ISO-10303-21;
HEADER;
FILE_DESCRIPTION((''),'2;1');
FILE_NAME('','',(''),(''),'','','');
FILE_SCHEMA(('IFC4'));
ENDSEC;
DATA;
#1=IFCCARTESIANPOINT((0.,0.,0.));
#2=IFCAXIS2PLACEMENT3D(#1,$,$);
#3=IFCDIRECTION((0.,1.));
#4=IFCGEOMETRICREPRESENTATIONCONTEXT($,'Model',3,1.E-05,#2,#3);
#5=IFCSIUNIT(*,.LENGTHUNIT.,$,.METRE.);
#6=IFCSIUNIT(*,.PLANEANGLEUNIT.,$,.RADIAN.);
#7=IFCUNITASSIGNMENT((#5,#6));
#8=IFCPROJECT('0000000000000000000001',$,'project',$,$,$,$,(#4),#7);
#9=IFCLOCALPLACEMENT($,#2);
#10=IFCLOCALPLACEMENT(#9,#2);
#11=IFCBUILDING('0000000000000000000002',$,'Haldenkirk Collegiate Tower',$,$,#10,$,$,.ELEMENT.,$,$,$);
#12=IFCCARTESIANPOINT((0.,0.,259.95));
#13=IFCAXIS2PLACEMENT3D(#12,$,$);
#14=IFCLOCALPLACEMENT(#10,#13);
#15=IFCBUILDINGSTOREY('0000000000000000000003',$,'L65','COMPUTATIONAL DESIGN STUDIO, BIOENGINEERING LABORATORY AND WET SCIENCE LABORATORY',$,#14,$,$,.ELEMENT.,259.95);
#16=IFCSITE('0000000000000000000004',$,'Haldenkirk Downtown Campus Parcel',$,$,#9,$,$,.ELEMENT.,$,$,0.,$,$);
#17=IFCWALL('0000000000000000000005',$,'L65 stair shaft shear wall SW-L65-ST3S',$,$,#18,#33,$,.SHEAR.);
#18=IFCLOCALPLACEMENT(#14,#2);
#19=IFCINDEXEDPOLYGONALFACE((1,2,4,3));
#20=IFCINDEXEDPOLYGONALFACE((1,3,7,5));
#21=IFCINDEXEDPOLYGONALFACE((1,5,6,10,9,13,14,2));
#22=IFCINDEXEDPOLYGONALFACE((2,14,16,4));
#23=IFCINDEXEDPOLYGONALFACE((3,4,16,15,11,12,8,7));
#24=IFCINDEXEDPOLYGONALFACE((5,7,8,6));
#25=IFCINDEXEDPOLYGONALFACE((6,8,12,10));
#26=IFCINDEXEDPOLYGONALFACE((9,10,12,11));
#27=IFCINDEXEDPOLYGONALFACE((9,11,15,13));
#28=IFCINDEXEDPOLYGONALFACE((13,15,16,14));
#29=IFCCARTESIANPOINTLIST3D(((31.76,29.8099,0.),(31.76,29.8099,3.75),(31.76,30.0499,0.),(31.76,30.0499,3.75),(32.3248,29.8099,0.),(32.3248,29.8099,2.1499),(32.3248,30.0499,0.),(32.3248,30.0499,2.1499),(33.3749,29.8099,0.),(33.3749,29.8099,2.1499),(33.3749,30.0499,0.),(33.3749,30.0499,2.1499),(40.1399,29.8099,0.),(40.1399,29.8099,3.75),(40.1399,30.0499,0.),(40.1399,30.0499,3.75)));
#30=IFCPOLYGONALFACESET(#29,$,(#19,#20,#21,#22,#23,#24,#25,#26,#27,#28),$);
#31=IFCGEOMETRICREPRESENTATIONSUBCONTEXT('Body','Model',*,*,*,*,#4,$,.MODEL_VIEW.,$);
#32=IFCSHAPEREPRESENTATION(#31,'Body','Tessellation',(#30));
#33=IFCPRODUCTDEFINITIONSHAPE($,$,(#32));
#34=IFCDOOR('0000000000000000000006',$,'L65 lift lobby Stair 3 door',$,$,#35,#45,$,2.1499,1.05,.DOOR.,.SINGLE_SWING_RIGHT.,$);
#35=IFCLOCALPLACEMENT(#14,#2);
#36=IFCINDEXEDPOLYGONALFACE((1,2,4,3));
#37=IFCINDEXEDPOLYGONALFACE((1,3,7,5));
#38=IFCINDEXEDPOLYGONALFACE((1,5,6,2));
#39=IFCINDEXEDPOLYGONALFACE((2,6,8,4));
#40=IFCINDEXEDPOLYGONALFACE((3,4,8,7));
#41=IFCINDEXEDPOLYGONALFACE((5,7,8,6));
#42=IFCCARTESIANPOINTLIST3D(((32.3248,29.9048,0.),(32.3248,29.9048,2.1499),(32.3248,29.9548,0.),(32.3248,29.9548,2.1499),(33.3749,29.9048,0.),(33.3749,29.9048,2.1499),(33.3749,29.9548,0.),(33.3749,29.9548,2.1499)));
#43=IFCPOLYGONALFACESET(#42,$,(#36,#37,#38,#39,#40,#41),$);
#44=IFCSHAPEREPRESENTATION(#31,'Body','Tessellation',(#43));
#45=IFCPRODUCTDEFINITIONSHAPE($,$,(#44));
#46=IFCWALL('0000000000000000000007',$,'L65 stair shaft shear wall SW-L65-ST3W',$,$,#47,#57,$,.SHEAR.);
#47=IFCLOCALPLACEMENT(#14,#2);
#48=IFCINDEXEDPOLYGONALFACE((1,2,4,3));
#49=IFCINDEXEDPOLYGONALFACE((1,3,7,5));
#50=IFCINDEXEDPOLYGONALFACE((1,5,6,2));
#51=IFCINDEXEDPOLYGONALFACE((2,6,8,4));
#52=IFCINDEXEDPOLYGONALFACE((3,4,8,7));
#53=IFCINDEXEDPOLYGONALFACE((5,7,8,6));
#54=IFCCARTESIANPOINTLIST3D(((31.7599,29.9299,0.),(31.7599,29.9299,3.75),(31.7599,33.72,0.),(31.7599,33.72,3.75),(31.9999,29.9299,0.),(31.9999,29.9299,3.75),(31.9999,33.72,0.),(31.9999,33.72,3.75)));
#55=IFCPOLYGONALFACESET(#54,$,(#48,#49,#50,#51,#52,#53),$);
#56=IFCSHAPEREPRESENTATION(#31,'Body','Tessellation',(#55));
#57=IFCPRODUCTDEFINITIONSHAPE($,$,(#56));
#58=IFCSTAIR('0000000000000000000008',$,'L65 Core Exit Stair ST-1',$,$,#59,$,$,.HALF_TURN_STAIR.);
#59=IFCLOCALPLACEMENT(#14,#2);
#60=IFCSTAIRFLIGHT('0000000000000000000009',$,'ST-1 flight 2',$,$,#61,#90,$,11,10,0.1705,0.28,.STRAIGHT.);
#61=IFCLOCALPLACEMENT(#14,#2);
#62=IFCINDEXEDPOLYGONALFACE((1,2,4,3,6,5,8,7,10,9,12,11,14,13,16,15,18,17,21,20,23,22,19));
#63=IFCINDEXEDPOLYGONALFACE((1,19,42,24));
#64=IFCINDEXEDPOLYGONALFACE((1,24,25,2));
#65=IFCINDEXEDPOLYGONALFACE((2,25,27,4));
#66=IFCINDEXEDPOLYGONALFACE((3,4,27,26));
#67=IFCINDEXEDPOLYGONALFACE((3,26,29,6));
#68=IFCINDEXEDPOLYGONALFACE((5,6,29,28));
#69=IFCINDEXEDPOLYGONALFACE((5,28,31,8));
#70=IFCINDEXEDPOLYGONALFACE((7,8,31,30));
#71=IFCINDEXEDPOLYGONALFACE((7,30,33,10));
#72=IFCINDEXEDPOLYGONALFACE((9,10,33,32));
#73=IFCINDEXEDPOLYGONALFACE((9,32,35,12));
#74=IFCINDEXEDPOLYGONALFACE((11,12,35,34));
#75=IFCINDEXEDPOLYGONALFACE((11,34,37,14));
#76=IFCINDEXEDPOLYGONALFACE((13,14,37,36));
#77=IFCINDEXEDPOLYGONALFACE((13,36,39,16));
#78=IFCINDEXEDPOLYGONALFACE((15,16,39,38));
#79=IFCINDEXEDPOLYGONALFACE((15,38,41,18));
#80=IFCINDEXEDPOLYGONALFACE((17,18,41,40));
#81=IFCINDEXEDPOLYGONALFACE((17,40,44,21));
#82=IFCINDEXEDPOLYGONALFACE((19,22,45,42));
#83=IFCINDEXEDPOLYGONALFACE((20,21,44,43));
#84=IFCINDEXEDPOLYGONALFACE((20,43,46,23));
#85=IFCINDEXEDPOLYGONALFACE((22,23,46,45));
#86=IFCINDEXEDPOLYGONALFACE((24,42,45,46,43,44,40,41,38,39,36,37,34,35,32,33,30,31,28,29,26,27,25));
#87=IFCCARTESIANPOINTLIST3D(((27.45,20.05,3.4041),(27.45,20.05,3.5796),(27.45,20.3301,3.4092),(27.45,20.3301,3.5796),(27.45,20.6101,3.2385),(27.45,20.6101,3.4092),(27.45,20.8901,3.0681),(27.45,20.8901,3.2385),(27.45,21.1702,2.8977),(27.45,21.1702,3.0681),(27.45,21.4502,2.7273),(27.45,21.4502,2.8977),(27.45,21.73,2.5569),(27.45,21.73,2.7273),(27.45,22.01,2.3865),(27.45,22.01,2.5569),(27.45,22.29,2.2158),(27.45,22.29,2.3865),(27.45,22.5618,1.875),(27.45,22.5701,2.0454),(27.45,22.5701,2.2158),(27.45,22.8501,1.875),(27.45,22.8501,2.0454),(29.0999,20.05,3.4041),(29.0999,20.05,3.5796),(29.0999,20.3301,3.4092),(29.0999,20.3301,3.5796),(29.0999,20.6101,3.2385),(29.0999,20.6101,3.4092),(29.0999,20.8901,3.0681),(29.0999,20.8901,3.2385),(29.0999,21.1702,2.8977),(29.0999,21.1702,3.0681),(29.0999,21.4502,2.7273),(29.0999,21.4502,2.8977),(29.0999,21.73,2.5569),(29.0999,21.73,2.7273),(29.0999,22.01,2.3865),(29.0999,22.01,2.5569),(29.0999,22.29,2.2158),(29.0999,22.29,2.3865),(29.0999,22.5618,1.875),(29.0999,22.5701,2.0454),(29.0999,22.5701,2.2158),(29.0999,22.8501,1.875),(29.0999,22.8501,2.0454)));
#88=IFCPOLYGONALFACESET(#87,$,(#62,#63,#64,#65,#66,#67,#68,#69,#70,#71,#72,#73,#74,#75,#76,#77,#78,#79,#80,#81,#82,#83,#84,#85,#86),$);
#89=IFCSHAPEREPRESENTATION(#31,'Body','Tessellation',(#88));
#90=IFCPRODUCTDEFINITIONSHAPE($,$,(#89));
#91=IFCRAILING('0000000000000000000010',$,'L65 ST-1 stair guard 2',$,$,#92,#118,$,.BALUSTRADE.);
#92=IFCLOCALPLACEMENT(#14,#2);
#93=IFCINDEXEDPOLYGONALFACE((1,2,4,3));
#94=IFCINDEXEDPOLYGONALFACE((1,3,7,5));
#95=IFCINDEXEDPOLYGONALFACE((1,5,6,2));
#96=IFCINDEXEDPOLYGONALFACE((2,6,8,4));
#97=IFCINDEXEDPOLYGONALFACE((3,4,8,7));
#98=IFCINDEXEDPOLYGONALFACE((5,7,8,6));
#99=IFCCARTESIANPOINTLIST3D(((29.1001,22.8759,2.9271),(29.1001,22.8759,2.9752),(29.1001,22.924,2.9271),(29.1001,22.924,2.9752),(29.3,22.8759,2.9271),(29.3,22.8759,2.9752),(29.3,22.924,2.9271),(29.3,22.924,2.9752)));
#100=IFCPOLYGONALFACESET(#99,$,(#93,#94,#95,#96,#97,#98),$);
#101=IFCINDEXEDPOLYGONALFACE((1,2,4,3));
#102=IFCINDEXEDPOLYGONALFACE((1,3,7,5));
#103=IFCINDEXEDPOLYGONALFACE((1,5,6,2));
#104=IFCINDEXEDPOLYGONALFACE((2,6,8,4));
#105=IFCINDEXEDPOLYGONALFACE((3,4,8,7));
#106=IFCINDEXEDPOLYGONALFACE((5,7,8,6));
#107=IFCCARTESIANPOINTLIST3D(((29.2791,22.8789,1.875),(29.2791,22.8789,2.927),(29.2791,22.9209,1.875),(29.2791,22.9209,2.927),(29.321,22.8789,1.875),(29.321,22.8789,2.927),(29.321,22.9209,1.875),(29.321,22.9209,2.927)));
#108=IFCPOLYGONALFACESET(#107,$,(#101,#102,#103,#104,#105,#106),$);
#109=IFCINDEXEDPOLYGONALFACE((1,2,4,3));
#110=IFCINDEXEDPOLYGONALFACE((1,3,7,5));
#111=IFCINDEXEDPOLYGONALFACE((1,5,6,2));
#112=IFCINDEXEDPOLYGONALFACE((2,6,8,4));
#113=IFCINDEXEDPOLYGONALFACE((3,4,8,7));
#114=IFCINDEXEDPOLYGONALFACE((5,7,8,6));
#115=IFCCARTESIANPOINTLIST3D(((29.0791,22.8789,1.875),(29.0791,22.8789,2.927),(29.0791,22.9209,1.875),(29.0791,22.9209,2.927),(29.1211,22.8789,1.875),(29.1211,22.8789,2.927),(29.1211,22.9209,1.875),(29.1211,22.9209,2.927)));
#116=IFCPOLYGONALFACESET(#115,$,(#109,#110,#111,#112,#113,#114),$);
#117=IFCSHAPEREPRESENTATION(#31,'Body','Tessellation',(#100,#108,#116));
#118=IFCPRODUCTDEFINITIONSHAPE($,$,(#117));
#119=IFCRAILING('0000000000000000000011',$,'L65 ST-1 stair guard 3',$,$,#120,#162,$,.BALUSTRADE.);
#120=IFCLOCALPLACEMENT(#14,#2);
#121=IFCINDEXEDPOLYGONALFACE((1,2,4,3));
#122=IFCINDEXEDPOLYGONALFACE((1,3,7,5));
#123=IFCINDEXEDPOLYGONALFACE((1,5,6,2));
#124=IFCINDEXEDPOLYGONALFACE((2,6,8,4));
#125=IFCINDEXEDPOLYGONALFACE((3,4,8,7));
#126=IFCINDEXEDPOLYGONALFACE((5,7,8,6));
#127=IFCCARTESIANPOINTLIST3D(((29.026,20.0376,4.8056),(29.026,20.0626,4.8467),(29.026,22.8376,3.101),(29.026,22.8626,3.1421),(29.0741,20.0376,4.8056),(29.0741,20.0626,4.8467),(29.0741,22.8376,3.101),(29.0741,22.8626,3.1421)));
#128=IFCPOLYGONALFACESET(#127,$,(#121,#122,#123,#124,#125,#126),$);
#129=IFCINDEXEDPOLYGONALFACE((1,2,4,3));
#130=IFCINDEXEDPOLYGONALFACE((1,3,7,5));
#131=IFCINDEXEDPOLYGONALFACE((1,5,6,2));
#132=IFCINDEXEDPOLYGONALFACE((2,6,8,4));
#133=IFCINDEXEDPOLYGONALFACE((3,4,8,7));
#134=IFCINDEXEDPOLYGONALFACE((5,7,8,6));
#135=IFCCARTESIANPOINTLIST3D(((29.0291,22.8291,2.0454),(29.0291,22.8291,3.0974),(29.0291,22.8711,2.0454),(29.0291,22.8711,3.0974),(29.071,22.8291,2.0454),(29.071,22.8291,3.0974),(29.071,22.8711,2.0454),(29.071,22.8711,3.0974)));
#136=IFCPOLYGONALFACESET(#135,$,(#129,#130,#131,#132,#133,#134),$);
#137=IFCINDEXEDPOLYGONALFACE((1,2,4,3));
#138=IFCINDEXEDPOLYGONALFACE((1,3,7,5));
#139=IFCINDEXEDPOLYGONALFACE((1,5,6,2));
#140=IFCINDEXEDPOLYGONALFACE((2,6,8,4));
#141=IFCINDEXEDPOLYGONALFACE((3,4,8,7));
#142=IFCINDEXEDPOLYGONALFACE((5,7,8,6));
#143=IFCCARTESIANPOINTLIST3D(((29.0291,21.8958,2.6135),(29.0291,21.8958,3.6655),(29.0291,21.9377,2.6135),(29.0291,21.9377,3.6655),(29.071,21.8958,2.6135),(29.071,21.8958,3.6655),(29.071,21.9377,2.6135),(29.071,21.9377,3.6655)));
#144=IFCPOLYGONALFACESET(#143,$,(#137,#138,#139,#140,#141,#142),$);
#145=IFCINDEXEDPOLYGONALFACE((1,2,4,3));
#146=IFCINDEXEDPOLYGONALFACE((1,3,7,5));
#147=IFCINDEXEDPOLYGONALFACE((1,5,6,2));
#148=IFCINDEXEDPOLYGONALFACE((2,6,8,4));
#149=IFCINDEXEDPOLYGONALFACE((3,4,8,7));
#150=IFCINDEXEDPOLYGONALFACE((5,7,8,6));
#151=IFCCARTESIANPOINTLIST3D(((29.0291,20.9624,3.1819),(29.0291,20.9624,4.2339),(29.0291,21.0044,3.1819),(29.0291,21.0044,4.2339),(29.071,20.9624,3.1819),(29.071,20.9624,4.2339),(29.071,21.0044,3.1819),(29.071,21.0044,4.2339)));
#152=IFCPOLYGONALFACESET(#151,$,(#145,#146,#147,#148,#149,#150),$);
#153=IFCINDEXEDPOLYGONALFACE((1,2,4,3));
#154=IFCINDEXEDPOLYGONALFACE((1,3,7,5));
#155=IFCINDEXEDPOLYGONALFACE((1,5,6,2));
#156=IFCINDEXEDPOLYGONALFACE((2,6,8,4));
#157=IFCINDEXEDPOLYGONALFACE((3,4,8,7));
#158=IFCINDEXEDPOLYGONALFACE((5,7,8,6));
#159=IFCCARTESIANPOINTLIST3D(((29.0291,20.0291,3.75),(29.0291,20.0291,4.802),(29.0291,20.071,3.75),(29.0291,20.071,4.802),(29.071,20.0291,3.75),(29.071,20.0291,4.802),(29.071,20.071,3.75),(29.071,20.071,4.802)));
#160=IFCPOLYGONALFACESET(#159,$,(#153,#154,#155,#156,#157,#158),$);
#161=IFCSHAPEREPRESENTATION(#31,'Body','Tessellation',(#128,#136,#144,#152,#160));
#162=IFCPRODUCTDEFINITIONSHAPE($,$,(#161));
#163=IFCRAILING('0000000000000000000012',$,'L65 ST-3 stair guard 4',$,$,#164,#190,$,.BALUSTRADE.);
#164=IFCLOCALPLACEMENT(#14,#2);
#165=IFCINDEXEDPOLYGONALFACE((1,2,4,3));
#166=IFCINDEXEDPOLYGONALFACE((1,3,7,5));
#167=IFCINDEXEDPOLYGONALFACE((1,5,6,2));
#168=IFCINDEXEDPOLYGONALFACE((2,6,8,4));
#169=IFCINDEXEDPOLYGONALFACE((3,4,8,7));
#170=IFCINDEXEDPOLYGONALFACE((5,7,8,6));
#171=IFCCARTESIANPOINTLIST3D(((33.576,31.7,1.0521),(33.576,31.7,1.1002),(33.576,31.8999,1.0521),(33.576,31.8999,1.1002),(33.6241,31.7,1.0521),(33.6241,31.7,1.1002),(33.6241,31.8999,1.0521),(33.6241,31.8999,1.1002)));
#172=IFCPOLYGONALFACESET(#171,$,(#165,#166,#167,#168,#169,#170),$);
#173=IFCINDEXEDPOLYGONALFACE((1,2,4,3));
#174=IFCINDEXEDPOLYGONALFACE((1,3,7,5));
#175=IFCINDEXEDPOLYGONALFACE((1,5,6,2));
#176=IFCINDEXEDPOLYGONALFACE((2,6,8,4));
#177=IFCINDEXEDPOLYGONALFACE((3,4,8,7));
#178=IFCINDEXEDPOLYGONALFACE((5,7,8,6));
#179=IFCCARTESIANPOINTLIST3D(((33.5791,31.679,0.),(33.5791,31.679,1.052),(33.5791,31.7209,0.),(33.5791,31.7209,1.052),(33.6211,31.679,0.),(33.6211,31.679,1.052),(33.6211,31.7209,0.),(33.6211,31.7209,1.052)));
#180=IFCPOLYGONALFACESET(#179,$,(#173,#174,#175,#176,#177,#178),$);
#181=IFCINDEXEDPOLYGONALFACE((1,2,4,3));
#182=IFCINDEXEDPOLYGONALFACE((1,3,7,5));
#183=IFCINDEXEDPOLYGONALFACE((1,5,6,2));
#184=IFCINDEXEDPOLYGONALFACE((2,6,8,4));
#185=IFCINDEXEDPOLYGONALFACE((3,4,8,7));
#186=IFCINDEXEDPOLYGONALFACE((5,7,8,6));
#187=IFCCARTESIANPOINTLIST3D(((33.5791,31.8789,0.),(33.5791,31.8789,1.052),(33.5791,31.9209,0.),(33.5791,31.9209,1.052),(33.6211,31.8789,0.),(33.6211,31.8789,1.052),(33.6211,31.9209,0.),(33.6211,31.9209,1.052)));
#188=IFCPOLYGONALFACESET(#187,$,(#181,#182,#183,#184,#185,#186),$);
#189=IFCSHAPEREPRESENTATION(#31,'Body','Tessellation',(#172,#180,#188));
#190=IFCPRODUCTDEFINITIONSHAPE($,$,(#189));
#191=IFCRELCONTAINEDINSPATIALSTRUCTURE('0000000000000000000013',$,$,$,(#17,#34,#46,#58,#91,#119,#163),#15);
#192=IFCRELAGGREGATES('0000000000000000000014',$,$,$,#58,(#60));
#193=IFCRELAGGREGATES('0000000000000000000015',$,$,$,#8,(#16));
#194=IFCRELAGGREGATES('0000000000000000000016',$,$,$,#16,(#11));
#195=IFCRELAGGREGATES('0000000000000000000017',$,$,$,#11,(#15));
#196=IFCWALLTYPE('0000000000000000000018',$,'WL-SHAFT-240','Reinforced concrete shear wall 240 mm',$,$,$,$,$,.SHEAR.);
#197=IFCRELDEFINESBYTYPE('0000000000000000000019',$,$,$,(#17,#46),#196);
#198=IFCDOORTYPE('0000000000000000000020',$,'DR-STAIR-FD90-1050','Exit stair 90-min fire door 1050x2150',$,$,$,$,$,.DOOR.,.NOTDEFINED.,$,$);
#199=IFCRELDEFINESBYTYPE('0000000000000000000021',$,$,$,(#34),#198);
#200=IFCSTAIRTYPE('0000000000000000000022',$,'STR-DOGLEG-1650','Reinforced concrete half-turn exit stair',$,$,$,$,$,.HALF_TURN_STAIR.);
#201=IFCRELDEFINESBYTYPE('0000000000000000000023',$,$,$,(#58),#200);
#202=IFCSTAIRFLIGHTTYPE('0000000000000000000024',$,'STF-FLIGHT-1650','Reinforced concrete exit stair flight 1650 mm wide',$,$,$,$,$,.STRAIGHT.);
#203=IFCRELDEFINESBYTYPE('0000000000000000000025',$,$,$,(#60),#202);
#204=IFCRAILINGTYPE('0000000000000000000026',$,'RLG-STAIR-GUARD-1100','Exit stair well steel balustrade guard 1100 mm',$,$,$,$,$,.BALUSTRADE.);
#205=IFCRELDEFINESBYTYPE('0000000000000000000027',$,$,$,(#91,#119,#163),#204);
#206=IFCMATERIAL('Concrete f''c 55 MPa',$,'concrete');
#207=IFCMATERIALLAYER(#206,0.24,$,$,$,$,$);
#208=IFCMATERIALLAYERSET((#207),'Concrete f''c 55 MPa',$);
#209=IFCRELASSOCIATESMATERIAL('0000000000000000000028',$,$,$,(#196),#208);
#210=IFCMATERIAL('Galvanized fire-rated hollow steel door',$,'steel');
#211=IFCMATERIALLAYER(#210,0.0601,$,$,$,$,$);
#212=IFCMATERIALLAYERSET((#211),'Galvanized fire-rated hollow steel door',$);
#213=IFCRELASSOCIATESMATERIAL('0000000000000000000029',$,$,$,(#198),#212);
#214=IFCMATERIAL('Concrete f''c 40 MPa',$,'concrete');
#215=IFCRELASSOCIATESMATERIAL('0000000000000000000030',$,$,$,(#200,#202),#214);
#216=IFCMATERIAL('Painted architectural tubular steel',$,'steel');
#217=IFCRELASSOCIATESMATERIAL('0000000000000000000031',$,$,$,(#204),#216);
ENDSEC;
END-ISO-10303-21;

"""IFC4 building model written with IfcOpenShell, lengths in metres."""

from ifc_helpers import new_model, si_unit, direction, frame, frame_2d, origin, origin_2d, place, context, subcontext, project, spatial, polyline, rectangle, outline, extrude, material, layer, layer_set, type_object, element, fill, aggregate, save


model = new_model("IFC4")

# Units and contexts
model_context = context("Model", 3, precision=1e-05, world=origin(), true_north=direction((0.0, 1.0)))
body_context = subcontext(model_context, "Body", "Model", "MODEL_VIEW")
ifc_project = project(units=[si_unit("LENGTHUNIT", "METRE"), si_unit("PLANEANGLEUNIT", "RADIAN")], contexts=[model_context])

# Site, building, storey
site_placement = place(None, origin())
site = spatial("IfcSite", under=ifc_project, at=site_placement, Name="Haldenkirk Downtown Campus Parcel", CompositionType="ELEMENT", RefElevation=0.0)
building_placement = place(site_placement, origin())
building = spatial("IfcBuilding", under=site, at=building_placement, Name="Haldenkirk Collegiate Tower", CompositionType="ELEMENT")
storey_placement = place(building_placement, frame((0.0, 0.0, 259.95)))
storey = spatial("IfcBuildingStorey", under=building, at=storey_placement, Name="L65", Description="COMPUTATIONAL DESIGN STUDIO, BIOENGINEERING LABORATORY AND WET SCIENCE LABORATORY", CompositionType="ELEMENT", Elevation=259.95)

# Shared definitions
ifc_material_1 = material(Name="Concrete f'c 55 MPa", Category="concrete")

# Shared definitions
ifc_layer_1 = layer(ifc_material_1, 0.24)
ifc_layer_set_1 = layer_set([ifc_layer_1], Name="Concrete f'c 55 MPa")
wall_type_1 = type_object("IfcWallType", Name="WL-SHAFT-240", Description="Reinforced concrete shear wall 240 mm", PredefinedType="SHEAR", material=ifc_layer_set_1)

# Wall, opening, door
wall_1_placement = place(storey_placement, frame((31.76, 29.9299, 0.0), z_axis=(0.0, 0.0, 1.0), x_axis=(1.0, 0.0, 0.0)))
wall_1 = element("IfcWall", 1, at=wall_1_placement, inside=storey, type_object=wall_type_1, Name="L65 stair shaft shear wall SW-L65-ST3S", PredefinedType="SHEAR", context=body_context, shape_type="SweptSolid", body=[
    extrude(rectangle(XDim=8.3799, YDim=0.24, at=frame_2d((4.1899, 0.0))), origin(), (0.0, 0.0, 1.0), 3.75),
])
opening_1_placement = place(wall_1_placement, frame((0.5649, 0.0, 0.0)))
opening_1 = element("IfcOpeningElement", 2, at=opening_1_placement, cuts=wall_1, PredefinedType="OPENING", context=body_context, shape_type="SweptSolid", body=[
    extrude(rectangle(XDim=1.05, YDim=2.1499, at=frame_2d((0.5249, 1.075))), frame((0.0, 0.1299, 0.0), z_axis=(0.0, -1.0, 0.0), x_axis=(1.0, 0.0, 0.0)), (0.0, 0.0, 1.0), 0.26),
])
ifc_material_2 = material(Name="Galvanized fire-rated hollow steel door", Category="steel")
ifc_layer_2 = layer(ifc_material_2, 0.0601)
ifc_layer_set_2 = layer_set([ifc_layer_2], Name="Galvanized fire-rated hollow steel door")
door_type_1 = type_object("IfcDoorType", Name="DR-STAIR-FD90-1050", Description="Exit stair 90-min fire door 1050x2150", OperationType="NOTDEFINED", PredefinedType="DOOR", material=ifc_layer_set_2)
door_1_placement = place(opening_1_placement, origin())
door_1 = element("IfcDoor", 3, at=door_1_placement, inside=storey, type_object=door_type_1, Name="L65 lift lobby Stair 3 door", OperationType="SINGLE_SWING_RIGHT", OverallHeight=2.1499, OverallWidth=1.05, PredefinedType="DOOR", context=body_context, shape_type="SweptSolid", body=[
    extrude(rectangle(XDim=1.05, YDim=2.1499, at=frame_2d((0.5249, 1.075))), frame((0.0, 0.0249, 0.0), z_axis=(0.0, -1.0, 0.0), x_axis=(1.0, 0.0, 0.0)), (0.0, 0.0, 1.0), 0.05),
])
fill(opening_1, door_1)

# Wall
wall_2_placement = place(storey_placement, frame((31.8799, 29.9299, 0.0), z_axis=(0.0, 0.0, 1.0), x_axis=(0.0, 1.0, 0.0)))
element("IfcWall", 4, at=wall_2_placement, inside=storey, type_object=wall_type_1, Name="L65 stair shaft shear wall SW-L65-ST3W", PredefinedType="SHEAR", context=body_context, shape_type="SweptSolid", body=[
    extrude(rectangle(XDim=3.79, YDim=0.24, at=frame_2d((1.895, 0.0))), origin(), (0.0, 0.0, 1.0), 3.75),
])

# Stair, stair flight
ifc_material_3 = material(Name="Concrete f'c 40 MPa", Category="concrete")
stair_type = type_object("IfcStairType", Name="STR-DOGLEG-1650", Description="Reinforced concrete half-turn exit stair", PredefinedType="HALF_TURN_STAIR", material=ifc_material_3)
stair_placement = place(storey_placement, origin())
stair = element("IfcStair", 5, at=stair_placement, inside=storey, type_object=stair_type, Name="L65 Core Exit Stair ST-1", PredefinedType="HALF_TURN_STAIR")
stair_flight_type = type_object("IfcStairFlightType", Name="STF-FLIGHT-1650", Description="Reinforced concrete exit stair flight 1650 mm wide", PredefinedType="STRAIGHT", material=ifc_material_3)
stair_flight_placement = place(storey_placement, frame((28.2749, 22.8501, 1.875), z_axis=(0.0, 0.0, 1.0), x_axis=(0.0, -1.0, 0.0)))
stair_flight = element("IfcStairFlight", 6, at=stair_flight_placement, type_object=stair_flight_type, Name="ST-1 flight 2", NumberOfRisers=11, NumberOfTreads=10, PredefinedType="STRAIGHT", RiserHeight=0.1705, TreadLength=0.28, context=body_context, shape_type="SweptSolid", body=[
    extrude(outline(polyline([(0.0, 0.0), (0.0, 0.1704), (0.28, 0.1704), (0.28, 0.3408), (0.5601, 0.3408), (0.5601, 0.5115), (0.8401, 0.5115), (0.8401, 0.6819), (1.1201, 0.6819), (1.1201, 0.8523), (1.3999, 0.8523), (1.3999, 1.0227), (1.6799, 1.0227), (1.6799, 1.1931), (1.96, 1.1931), (1.96, 1.3635), (2.24, 1.3635), (2.24, 1.5342), (2.52, 1.5342), (2.52, 1.7046), (2.8, 1.7046), (2.8, 1.875), (2.8, 1.5291), (0.2883, 0.0), (0.0, 0.0)])), frame((0.0, 0.825, 0.0), z_axis=(0.0, -1.0, 0.0), x_axis=(1.0, 0.0, 0.0)), (0.0, 0.0, 1.0), 1.6499),
])
aggregate(stair, [stair_flight])

# Railings
ifc_material_4 = material(Name="Painted architectural tubular steel", Category="steel")
railing_type = type_object("IfcRailingType", Name="RLG-STAIR-GUARD-1100", Description="Exit stair well steel balustrade guard 1100 mm", PredefinedType="BALUSTRADE", material=ifc_material_4)
railing_1_placement = place(storey_placement, frame((29.3, 22.8999, 1.875)))
element("IfcRailing", 7, at=railing_1_placement, inside=storey, type_object=railing_type, Name="L65 ST-1 stair guard 2", PredefinedType="BALUSTRADE", context=body_context, shape_type="SweptSolid", body=[
    extrude(rectangle(XDim=0.0481, YDim=0.0481, at=origin_2d()), frame((0.0, 0.0, 1.0762), z_axis=(-1.0, 0.0, 0.0), x_axis=(0.0, -1.0, 0.0)), (0.0, 0.0, 1.0), 0.2),
    extrude(rectangle(XDim=0.042, YDim=0.042, at=origin_2d()), origin(), (0.0, 0.0, 1.0), 1.052),
    extrude(rectangle(XDim=0.042, YDim=0.042, at=origin_2d()), frame((-0.2, 0.0, 0.0)), (0.0, 0.0, 1.0), 1.052),
])
railing_2_placement = place(storey_placement, frame((29.05, 22.8501, 2.0454)))
element("IfcRailing", 8, at=railing_2_placement, inside=storey, type_object=railing_type, Name="L65 ST-1 stair guard 3", PredefinedType="BALUSTRADE", context=body_context, shape_type="SweptSolid", body=[
    extrude(rectangle(XDim=0.0481, YDim=0.0481, at=origin_2d()), frame((0.0, 0.0, 1.0762), z_axis=(0.0, -0.85417, 0.519994), x_axis=(1.0, 0.0, 0.0)), (0.0, 0.0, 1.0), 3.2781),
    extrude(rectangle(XDim=0.042, YDim=0.042, at=origin_2d()), origin(), (0.0, 0.0, 1.0), 1.052),
    extrude(rectangle(XDim=0.042, YDim=0.042, at=origin_2d()), frame((0.0, -0.9333, 0.5681)), (0.0, 0.0, 1.0), 1.052),
    extrude(rectangle(XDim=0.042, YDim=0.042, at=origin_2d()), frame((0.0, -1.8667, 1.1365)), (0.0, 0.0, 1.0), 1.052),
    extrude(rectangle(XDim=0.042, YDim=0.042, at=origin_2d()), frame((0.0, -2.8, 1.7046)), (0.0, 0.0, 1.0), 1.052),
])
railing_3_placement = place(storey_placement, frame((33.6001, 31.7, 0.0)))
element("IfcRailing", 9, at=railing_3_placement, inside=storey, type_object=railing_type, Name="L65 ST-3 stair guard 4", PredefinedType="BALUSTRADE", context=body_context, shape_type="SweptSolid", body=[
    extrude(rectangle(XDim=0.0481, YDim=0.0481, at=origin_2d()), frame((0.0, 0.0, 1.0762), z_axis=(0.0, 1.0, 0.0), x_axis=(-1.0, 0.0, 0.0)), (0.0, 0.0, 1.0), 0.2),
    extrude(rectangle(XDim=0.042, YDim=0.042, at=origin_2d()), origin(), (0.0, 0.0, 1.0), 1.052),
    extrude(rectangle(XDim=0.042, YDim=0.042, at=origin_2d()), frame((0.0, 0.2, 0.0)), (0.0, 0.0, 1.0), 1.052),
])

save(model, "model.ifc")
